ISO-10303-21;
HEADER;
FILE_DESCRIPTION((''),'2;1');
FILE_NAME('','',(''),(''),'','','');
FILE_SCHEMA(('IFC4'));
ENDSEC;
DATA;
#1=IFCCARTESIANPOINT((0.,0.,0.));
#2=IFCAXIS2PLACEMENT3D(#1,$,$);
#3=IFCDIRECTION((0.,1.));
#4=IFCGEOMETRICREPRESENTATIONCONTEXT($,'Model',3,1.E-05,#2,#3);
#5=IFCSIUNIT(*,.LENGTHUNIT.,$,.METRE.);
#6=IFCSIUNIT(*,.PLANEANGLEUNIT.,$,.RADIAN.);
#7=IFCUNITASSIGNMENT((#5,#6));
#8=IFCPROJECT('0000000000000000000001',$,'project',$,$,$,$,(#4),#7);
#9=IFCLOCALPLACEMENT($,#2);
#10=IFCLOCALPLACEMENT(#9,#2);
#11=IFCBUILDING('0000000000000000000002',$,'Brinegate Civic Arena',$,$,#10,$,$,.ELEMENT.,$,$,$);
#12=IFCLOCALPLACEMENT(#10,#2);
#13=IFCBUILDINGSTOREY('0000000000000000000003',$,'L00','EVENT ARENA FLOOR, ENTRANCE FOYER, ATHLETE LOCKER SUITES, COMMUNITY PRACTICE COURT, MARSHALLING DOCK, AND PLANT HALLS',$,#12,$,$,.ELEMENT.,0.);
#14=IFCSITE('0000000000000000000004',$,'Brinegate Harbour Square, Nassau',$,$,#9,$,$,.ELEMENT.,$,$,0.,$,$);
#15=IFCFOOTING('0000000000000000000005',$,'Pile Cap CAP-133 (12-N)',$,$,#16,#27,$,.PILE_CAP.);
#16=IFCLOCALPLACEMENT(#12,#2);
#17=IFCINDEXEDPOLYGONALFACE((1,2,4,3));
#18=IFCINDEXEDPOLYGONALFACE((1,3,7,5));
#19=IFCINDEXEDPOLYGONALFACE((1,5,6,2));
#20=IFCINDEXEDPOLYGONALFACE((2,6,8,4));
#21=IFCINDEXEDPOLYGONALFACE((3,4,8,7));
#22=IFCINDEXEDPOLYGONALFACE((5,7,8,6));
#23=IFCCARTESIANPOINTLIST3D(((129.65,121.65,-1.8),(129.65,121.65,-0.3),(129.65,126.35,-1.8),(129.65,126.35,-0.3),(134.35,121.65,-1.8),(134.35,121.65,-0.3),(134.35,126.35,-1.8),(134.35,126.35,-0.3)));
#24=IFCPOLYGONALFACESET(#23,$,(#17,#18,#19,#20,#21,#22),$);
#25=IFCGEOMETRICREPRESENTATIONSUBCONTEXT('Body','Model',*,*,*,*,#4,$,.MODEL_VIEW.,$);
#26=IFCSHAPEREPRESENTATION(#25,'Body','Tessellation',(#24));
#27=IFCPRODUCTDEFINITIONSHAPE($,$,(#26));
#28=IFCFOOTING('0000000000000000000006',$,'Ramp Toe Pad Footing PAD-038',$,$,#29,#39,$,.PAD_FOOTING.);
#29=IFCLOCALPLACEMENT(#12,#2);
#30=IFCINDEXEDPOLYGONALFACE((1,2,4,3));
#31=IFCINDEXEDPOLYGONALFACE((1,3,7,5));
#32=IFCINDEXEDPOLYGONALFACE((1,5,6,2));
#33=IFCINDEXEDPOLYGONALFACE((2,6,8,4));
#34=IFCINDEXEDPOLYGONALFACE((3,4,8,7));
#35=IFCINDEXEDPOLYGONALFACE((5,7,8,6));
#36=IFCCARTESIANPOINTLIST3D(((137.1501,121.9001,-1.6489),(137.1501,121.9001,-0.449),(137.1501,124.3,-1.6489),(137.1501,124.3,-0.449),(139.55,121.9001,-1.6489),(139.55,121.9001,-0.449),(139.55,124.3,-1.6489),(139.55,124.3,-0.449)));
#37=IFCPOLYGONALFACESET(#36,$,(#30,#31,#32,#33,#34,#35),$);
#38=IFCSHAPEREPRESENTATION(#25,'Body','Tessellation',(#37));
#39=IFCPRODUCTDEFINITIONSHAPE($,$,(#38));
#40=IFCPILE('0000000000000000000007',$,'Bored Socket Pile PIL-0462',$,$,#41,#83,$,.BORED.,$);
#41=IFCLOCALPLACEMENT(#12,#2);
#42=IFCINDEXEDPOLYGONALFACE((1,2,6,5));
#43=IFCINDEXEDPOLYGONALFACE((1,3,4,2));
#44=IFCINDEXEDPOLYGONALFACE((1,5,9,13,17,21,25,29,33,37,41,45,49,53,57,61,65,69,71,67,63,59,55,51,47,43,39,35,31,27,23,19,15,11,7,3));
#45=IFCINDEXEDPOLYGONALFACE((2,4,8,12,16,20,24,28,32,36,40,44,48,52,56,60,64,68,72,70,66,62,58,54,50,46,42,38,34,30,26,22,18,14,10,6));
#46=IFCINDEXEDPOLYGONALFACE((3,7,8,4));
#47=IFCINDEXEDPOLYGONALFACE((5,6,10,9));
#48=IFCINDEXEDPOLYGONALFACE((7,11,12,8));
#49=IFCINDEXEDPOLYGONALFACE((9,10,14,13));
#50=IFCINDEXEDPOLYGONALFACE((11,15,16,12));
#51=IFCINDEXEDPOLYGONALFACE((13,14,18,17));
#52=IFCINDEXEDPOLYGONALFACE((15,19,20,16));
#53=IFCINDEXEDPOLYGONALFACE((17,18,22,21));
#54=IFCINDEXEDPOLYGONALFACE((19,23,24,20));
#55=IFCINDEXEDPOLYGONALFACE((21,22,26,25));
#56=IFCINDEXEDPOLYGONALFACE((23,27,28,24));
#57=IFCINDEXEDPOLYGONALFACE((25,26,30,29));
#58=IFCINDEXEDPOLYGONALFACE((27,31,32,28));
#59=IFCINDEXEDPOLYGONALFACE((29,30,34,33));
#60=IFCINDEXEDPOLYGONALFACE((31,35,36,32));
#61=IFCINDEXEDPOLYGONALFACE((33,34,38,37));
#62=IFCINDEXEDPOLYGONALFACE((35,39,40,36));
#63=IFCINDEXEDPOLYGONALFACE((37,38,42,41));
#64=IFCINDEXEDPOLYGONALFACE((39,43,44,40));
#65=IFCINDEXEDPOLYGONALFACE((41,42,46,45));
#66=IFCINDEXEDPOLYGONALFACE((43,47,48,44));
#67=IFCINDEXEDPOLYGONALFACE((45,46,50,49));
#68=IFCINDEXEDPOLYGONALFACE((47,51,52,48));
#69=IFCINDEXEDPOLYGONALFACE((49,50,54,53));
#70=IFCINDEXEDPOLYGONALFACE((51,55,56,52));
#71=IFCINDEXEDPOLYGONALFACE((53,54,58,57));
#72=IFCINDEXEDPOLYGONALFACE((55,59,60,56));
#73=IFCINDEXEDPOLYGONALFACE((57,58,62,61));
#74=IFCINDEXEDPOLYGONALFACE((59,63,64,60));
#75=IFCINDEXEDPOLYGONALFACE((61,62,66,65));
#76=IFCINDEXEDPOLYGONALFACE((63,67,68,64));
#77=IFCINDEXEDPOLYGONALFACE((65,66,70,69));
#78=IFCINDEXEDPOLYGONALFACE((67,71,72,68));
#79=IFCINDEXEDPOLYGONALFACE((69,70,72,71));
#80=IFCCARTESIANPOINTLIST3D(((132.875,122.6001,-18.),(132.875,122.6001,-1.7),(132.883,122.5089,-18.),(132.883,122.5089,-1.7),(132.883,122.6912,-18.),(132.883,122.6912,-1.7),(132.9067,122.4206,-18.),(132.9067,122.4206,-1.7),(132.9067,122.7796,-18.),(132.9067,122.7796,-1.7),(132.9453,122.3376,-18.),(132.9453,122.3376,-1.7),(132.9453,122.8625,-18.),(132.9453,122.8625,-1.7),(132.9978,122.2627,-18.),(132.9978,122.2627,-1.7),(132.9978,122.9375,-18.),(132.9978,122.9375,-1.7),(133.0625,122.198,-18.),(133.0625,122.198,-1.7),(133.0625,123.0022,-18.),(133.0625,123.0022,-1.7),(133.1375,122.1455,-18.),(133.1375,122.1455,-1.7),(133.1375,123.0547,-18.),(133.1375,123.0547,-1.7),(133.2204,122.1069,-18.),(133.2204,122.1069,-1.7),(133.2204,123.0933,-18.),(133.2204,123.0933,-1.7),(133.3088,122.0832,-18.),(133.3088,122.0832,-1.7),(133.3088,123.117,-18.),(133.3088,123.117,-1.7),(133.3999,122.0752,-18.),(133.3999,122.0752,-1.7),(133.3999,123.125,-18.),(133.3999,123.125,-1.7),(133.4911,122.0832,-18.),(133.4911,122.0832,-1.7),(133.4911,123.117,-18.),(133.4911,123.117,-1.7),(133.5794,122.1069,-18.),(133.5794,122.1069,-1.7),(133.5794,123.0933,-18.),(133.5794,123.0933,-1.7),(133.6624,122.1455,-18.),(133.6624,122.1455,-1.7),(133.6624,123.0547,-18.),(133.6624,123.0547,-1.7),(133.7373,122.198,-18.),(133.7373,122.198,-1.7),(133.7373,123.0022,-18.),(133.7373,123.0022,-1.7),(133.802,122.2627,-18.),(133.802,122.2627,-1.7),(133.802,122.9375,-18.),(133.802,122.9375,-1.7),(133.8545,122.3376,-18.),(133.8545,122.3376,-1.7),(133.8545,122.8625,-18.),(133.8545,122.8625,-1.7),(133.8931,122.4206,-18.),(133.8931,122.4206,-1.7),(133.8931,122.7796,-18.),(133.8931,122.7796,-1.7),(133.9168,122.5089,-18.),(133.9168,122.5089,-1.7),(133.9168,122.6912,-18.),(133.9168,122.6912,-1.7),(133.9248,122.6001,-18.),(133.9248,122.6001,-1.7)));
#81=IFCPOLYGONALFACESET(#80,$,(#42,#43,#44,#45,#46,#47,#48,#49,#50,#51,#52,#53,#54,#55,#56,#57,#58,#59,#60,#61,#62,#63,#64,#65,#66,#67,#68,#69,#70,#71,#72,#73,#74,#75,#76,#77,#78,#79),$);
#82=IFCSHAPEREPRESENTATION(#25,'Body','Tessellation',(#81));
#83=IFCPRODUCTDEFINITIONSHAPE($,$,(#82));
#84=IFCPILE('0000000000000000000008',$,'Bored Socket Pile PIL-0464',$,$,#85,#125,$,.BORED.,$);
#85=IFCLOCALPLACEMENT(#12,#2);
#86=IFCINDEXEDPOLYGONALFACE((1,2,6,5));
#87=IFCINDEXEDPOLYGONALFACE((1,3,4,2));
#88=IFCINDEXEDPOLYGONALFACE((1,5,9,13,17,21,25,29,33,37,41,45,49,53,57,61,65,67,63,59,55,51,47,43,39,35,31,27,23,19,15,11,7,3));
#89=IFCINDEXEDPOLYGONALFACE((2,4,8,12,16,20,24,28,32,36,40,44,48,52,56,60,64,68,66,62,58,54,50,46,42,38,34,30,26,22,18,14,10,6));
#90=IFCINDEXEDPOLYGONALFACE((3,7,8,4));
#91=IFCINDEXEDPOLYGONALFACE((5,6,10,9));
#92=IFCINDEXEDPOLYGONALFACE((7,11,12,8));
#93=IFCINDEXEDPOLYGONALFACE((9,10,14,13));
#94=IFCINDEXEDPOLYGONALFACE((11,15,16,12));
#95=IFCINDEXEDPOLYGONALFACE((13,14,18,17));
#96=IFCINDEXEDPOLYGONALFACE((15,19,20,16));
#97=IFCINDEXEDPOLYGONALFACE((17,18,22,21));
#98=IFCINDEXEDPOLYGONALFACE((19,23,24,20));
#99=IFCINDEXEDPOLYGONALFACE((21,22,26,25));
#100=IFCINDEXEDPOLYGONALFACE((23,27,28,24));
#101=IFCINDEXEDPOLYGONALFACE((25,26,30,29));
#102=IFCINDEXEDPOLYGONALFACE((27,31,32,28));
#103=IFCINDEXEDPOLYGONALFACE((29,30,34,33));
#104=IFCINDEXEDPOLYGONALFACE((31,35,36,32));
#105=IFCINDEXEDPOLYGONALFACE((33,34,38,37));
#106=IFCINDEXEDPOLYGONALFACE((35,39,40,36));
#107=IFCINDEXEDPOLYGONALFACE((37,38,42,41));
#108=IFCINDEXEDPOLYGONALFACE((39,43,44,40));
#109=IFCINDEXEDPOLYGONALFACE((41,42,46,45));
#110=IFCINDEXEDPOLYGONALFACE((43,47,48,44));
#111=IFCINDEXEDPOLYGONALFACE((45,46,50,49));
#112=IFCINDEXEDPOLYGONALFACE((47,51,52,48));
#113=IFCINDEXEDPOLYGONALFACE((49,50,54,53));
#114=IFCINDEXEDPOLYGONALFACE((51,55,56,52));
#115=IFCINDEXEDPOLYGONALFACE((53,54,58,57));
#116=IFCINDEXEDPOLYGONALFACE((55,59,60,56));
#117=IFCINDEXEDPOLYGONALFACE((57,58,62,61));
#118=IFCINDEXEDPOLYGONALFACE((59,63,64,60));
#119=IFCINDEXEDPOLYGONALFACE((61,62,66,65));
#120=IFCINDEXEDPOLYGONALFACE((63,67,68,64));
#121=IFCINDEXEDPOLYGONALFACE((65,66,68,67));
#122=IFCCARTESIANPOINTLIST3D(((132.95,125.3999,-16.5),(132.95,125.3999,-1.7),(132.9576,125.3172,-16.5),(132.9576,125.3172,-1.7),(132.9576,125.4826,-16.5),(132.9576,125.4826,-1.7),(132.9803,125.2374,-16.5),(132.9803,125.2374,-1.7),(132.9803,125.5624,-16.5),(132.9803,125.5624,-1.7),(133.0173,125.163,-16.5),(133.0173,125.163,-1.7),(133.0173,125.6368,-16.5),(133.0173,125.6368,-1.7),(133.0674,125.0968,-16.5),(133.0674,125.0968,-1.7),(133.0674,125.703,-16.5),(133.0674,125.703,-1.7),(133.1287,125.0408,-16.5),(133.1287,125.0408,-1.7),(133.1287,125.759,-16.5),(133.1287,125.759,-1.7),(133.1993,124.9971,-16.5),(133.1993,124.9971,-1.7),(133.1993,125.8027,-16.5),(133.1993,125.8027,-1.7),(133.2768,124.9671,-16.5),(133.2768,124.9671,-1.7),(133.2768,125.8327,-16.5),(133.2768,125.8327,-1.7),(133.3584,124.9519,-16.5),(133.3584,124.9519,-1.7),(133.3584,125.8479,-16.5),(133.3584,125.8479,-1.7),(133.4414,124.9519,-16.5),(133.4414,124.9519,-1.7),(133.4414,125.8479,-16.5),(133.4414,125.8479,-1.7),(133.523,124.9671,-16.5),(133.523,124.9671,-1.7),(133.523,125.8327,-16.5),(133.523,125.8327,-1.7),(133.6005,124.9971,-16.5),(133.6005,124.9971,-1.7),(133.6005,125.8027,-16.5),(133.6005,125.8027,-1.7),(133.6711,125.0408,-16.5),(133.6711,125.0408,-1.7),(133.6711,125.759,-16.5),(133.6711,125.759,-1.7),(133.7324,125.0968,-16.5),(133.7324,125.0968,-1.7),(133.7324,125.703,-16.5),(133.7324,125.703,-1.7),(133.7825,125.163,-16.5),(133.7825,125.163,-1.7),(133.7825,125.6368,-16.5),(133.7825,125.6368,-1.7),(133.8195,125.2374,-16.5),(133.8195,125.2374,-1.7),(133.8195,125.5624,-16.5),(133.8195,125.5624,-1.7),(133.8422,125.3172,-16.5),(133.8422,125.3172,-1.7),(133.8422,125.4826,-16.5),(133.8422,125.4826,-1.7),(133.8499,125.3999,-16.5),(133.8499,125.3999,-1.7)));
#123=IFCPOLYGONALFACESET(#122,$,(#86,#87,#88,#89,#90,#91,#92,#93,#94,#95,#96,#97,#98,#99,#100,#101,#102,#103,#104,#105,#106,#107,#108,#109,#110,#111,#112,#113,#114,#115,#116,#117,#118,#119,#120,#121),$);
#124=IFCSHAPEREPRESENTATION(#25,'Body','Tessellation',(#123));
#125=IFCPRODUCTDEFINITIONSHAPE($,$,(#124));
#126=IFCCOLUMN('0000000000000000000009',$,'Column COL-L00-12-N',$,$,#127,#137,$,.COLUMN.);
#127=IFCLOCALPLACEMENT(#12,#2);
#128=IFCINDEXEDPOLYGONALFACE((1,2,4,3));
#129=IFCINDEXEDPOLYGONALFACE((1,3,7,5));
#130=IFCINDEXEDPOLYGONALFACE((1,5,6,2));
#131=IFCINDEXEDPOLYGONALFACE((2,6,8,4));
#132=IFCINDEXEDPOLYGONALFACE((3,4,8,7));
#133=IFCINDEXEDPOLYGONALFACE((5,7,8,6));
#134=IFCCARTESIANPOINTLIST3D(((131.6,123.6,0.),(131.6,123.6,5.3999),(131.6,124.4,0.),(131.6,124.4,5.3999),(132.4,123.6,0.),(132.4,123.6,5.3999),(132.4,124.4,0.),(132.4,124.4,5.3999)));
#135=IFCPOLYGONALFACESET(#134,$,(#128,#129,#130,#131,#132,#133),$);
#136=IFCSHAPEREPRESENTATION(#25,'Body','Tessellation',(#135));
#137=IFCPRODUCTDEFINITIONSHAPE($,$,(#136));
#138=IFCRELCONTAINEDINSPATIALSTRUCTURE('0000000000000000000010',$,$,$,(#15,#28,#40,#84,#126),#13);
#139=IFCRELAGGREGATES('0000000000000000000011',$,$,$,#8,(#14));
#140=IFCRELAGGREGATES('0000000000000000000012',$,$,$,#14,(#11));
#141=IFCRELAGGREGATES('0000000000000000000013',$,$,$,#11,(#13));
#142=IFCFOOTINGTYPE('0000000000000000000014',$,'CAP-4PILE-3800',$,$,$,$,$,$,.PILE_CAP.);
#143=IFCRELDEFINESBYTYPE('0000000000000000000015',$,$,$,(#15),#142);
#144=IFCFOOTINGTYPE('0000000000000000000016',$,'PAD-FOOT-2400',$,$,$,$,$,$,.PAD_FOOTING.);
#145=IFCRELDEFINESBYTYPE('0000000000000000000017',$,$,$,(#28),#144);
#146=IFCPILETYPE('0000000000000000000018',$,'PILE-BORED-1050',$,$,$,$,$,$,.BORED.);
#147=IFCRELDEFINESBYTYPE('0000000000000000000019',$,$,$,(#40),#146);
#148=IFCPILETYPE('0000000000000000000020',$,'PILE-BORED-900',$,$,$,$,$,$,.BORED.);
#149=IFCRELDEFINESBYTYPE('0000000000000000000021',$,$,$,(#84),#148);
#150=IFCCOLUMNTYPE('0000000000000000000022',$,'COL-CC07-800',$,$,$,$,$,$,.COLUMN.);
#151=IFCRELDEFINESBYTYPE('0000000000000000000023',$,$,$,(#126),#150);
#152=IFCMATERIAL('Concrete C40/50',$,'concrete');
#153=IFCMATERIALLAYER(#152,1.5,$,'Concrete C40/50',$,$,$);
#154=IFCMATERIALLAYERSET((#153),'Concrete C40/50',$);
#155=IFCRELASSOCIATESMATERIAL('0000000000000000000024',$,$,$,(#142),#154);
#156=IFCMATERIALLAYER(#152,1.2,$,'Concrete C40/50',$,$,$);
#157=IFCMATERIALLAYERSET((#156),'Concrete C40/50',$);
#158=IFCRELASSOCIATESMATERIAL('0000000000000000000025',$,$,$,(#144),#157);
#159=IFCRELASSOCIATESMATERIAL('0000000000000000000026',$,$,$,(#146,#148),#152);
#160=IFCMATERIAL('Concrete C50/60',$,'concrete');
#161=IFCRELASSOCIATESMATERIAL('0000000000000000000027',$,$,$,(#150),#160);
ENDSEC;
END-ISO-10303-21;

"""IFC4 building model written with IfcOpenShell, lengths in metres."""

from ifc_helpers import new_model, si_unit, direction, frame, origin, origin_2d, place, context, subcontext, project, spatial, rectangle, circle, extrude, material, layer, layer_set, material_profile, profile_set, type_object, element, save


model = new_model("IFC4")

# Units and contexts
model_context = context("Model", 3, precision=1e-05, world=origin(), true_north=direction((0.0, 1.0)))
body_context = subcontext(model_context, "Body", "Model", "MODEL_VIEW")
ifc_project = project(units=[si_unit("LENGTHUNIT", "METRE"), si_unit("PLANEANGLEUNIT", "RADIAN")], contexts=[model_context])

# Site, building, storey
site_placement = place(None, origin())
site = spatial("IfcSite", under=ifc_project, at=site_placement, Name="Brinegate Harbour Square, Nassau", CompositionType="ELEMENT", RefElevation=0.0)
building_placement = place(site_placement, origin())
building = spatial("IfcBuilding", under=site, at=building_placement, Name="Brinegate Civic Arena", CompositionType="ELEMENT")
storey_placement = place(building_placement, origin())
storey = spatial("IfcBuildingStorey", under=building, at=storey_placement, Name="L00", Description="EVENT ARENA FLOOR, ENTRANCE FOYER, ATHLETE LOCKER SUITES, COMMUNITY PRACTICE COURT, MARSHALLING DOCK, AND PLANT HALLS", CompositionType="ELEMENT", Elevation=0.0)

# Footings
ifc_material_1 = material(Name="Concrete C40/50", Category="concrete")
ifc_layer_1 = layer(ifc_material_1, 1.5, Name="Concrete C40/50")
ifc_layer_set_1 = layer_set([ifc_layer_1], Name="Concrete C40/50")
footing_type_1 = type_object("IfcFootingType", Name="CAP-4PILE-3800", PredefinedType="PILE_CAP", material=ifc_layer_set_1)
footing_1_placement = place(storey_placement, frame((132.0, 124.0, -1.8), z_axis=(0.0, 0.0, 1.0), x_axis=(1.0, 0.0, 0.0)))
element("IfcFooting", 1, at=footing_1_placement, inside=storey, type_object=footing_type_1, Name="Pile Cap CAP-133 (12-N)", PredefinedType="PILE_CAP", context=body_context, shape_type="SweptSolid", body=[
    extrude(rectangle(XDim=4.7, YDim=4.7, at=origin_2d()), origin(), (0.0, 0.0, 1.0), 1.5),
])
ifc_layer_2 = layer(ifc_material_1, 1.2, Name="Concrete C40/50")
ifc_layer_set_2 = layer_set([ifc_layer_2], Name="Concrete C40/50")
footing_type_2 = type_object("IfcFootingType", Name="PAD-FOOT-2400", PredefinedType="PAD_FOOTING", material=ifc_layer_set_2)
footing_2_placement = place(storey_placement, frame((138.3501, 123.1001, -1.6489), z_axis=(0.0, 0.0, 1.0), x_axis=(1.0, 0.0, 0.0)))
element("IfcFooting", 2, at=footing_2_placement, inside=storey, type_object=footing_type_2, Name="Ramp Toe Pad Footing PAD-038", PredefinedType="PAD_FOOTING", context=body_context, shape_type="SweptSolid", body=[
    extrude(rectangle(XDim=2.3999, YDim=2.3999, at=origin_2d()), origin(), (0.0, 0.0, 1.0), 1.2),
])

# Piles
ifc_material_profile_1 = material_profile(ifc_material_1, circle(Radius=0.5249, at=origin_2d()), Name="PILED1050")
ifc_profile_set_1 = profile_set([ifc_material_profile_1], Name="Concrete C40/50")
pile_type_1 = type_object("IfcPileType", Name="PILE-BORED-1050", PredefinedType="BORED", material=ifc_profile_set_1)
pile_1_placement = place(storey_placement, frame((133.3999, 122.6001, -1.7), z_axis=(0.0, 0.0, -1.0), x_axis=(1.0, 0.0, 0.0)))
element("IfcPile", 3, at=pile_1_placement, inside=storey, type_object=pile_type_1, Name="Bored Socket Pile PIL-0462", PredefinedType="BORED", context=body_context, shape_type="SweptSolid", body=[
    extrude(circle(Radius=0.5249, at=origin_2d()), origin(), (0.0, 0.0, 1.0), 16.3),
])
ifc_material_profile_2 = material_profile(ifc_material_1, circle(Radius=0.45, at=origin_2d()), Name="PILED900")
ifc_profile_set_2 = profile_set([ifc_material_profile_2], Name="Concrete C40/50")
pile_type_2 = type_object("IfcPileType", Name="PILE-BORED-900", PredefinedType="BORED", material=ifc_profile_set_2)
pile_2_placement = place(storey_placement, frame((133.3999, 125.3999, -1.7), z_axis=(0.0, 0.0, -1.0), x_axis=(1.0, 0.0, 0.0)))
element("IfcPile", 4, at=pile_2_placement, inside=storey, type_object=pile_type_2, Name="Bored Socket Pile PIL-0464", PredefinedType="BORED", context=body_context, shape_type="SweptSolid", body=[
    extrude(circle(Radius=0.45, at=origin_2d()), origin(), (0.0, 0.0, 1.0), 14.8),
])

# Column
ifc_material_2 = material(Name="Concrete C50/60", Category="concrete")
ifc_material_profile_3 = material_profile(ifc_material_2, rectangle(XDim=0.8, YDim=0.8, at=origin_2d()), Name="RC800X800")
ifc_profile_set_3 = profile_set([ifc_material_profile_3], Name="Concrete C50/60")
column_type = type_object("IfcColumnType", Name="COL-CC07-800", PredefinedType="COLUMN", material=ifc_profile_set_3)
column_placement = place(storey_placement, frame((132.0, 124.0, 0.0), z_axis=(0.0, 0.0, 1.0), x_axis=(1.0, 0.0, 0.0)))
element("IfcColumn", 5, at=column_placement, inside=storey, type_object=column_type, Name="Column COL-L00-12-N", PredefinedType="COLUMN", context=body_context, shape_type="SweptSolid", body=[
    extrude(rectangle(XDim=0.8, YDim=0.8, at=origin_2d()), origin(), (0.0, 0.0, 1.0), 5.3999),
])

save(model, "model.ifc")
